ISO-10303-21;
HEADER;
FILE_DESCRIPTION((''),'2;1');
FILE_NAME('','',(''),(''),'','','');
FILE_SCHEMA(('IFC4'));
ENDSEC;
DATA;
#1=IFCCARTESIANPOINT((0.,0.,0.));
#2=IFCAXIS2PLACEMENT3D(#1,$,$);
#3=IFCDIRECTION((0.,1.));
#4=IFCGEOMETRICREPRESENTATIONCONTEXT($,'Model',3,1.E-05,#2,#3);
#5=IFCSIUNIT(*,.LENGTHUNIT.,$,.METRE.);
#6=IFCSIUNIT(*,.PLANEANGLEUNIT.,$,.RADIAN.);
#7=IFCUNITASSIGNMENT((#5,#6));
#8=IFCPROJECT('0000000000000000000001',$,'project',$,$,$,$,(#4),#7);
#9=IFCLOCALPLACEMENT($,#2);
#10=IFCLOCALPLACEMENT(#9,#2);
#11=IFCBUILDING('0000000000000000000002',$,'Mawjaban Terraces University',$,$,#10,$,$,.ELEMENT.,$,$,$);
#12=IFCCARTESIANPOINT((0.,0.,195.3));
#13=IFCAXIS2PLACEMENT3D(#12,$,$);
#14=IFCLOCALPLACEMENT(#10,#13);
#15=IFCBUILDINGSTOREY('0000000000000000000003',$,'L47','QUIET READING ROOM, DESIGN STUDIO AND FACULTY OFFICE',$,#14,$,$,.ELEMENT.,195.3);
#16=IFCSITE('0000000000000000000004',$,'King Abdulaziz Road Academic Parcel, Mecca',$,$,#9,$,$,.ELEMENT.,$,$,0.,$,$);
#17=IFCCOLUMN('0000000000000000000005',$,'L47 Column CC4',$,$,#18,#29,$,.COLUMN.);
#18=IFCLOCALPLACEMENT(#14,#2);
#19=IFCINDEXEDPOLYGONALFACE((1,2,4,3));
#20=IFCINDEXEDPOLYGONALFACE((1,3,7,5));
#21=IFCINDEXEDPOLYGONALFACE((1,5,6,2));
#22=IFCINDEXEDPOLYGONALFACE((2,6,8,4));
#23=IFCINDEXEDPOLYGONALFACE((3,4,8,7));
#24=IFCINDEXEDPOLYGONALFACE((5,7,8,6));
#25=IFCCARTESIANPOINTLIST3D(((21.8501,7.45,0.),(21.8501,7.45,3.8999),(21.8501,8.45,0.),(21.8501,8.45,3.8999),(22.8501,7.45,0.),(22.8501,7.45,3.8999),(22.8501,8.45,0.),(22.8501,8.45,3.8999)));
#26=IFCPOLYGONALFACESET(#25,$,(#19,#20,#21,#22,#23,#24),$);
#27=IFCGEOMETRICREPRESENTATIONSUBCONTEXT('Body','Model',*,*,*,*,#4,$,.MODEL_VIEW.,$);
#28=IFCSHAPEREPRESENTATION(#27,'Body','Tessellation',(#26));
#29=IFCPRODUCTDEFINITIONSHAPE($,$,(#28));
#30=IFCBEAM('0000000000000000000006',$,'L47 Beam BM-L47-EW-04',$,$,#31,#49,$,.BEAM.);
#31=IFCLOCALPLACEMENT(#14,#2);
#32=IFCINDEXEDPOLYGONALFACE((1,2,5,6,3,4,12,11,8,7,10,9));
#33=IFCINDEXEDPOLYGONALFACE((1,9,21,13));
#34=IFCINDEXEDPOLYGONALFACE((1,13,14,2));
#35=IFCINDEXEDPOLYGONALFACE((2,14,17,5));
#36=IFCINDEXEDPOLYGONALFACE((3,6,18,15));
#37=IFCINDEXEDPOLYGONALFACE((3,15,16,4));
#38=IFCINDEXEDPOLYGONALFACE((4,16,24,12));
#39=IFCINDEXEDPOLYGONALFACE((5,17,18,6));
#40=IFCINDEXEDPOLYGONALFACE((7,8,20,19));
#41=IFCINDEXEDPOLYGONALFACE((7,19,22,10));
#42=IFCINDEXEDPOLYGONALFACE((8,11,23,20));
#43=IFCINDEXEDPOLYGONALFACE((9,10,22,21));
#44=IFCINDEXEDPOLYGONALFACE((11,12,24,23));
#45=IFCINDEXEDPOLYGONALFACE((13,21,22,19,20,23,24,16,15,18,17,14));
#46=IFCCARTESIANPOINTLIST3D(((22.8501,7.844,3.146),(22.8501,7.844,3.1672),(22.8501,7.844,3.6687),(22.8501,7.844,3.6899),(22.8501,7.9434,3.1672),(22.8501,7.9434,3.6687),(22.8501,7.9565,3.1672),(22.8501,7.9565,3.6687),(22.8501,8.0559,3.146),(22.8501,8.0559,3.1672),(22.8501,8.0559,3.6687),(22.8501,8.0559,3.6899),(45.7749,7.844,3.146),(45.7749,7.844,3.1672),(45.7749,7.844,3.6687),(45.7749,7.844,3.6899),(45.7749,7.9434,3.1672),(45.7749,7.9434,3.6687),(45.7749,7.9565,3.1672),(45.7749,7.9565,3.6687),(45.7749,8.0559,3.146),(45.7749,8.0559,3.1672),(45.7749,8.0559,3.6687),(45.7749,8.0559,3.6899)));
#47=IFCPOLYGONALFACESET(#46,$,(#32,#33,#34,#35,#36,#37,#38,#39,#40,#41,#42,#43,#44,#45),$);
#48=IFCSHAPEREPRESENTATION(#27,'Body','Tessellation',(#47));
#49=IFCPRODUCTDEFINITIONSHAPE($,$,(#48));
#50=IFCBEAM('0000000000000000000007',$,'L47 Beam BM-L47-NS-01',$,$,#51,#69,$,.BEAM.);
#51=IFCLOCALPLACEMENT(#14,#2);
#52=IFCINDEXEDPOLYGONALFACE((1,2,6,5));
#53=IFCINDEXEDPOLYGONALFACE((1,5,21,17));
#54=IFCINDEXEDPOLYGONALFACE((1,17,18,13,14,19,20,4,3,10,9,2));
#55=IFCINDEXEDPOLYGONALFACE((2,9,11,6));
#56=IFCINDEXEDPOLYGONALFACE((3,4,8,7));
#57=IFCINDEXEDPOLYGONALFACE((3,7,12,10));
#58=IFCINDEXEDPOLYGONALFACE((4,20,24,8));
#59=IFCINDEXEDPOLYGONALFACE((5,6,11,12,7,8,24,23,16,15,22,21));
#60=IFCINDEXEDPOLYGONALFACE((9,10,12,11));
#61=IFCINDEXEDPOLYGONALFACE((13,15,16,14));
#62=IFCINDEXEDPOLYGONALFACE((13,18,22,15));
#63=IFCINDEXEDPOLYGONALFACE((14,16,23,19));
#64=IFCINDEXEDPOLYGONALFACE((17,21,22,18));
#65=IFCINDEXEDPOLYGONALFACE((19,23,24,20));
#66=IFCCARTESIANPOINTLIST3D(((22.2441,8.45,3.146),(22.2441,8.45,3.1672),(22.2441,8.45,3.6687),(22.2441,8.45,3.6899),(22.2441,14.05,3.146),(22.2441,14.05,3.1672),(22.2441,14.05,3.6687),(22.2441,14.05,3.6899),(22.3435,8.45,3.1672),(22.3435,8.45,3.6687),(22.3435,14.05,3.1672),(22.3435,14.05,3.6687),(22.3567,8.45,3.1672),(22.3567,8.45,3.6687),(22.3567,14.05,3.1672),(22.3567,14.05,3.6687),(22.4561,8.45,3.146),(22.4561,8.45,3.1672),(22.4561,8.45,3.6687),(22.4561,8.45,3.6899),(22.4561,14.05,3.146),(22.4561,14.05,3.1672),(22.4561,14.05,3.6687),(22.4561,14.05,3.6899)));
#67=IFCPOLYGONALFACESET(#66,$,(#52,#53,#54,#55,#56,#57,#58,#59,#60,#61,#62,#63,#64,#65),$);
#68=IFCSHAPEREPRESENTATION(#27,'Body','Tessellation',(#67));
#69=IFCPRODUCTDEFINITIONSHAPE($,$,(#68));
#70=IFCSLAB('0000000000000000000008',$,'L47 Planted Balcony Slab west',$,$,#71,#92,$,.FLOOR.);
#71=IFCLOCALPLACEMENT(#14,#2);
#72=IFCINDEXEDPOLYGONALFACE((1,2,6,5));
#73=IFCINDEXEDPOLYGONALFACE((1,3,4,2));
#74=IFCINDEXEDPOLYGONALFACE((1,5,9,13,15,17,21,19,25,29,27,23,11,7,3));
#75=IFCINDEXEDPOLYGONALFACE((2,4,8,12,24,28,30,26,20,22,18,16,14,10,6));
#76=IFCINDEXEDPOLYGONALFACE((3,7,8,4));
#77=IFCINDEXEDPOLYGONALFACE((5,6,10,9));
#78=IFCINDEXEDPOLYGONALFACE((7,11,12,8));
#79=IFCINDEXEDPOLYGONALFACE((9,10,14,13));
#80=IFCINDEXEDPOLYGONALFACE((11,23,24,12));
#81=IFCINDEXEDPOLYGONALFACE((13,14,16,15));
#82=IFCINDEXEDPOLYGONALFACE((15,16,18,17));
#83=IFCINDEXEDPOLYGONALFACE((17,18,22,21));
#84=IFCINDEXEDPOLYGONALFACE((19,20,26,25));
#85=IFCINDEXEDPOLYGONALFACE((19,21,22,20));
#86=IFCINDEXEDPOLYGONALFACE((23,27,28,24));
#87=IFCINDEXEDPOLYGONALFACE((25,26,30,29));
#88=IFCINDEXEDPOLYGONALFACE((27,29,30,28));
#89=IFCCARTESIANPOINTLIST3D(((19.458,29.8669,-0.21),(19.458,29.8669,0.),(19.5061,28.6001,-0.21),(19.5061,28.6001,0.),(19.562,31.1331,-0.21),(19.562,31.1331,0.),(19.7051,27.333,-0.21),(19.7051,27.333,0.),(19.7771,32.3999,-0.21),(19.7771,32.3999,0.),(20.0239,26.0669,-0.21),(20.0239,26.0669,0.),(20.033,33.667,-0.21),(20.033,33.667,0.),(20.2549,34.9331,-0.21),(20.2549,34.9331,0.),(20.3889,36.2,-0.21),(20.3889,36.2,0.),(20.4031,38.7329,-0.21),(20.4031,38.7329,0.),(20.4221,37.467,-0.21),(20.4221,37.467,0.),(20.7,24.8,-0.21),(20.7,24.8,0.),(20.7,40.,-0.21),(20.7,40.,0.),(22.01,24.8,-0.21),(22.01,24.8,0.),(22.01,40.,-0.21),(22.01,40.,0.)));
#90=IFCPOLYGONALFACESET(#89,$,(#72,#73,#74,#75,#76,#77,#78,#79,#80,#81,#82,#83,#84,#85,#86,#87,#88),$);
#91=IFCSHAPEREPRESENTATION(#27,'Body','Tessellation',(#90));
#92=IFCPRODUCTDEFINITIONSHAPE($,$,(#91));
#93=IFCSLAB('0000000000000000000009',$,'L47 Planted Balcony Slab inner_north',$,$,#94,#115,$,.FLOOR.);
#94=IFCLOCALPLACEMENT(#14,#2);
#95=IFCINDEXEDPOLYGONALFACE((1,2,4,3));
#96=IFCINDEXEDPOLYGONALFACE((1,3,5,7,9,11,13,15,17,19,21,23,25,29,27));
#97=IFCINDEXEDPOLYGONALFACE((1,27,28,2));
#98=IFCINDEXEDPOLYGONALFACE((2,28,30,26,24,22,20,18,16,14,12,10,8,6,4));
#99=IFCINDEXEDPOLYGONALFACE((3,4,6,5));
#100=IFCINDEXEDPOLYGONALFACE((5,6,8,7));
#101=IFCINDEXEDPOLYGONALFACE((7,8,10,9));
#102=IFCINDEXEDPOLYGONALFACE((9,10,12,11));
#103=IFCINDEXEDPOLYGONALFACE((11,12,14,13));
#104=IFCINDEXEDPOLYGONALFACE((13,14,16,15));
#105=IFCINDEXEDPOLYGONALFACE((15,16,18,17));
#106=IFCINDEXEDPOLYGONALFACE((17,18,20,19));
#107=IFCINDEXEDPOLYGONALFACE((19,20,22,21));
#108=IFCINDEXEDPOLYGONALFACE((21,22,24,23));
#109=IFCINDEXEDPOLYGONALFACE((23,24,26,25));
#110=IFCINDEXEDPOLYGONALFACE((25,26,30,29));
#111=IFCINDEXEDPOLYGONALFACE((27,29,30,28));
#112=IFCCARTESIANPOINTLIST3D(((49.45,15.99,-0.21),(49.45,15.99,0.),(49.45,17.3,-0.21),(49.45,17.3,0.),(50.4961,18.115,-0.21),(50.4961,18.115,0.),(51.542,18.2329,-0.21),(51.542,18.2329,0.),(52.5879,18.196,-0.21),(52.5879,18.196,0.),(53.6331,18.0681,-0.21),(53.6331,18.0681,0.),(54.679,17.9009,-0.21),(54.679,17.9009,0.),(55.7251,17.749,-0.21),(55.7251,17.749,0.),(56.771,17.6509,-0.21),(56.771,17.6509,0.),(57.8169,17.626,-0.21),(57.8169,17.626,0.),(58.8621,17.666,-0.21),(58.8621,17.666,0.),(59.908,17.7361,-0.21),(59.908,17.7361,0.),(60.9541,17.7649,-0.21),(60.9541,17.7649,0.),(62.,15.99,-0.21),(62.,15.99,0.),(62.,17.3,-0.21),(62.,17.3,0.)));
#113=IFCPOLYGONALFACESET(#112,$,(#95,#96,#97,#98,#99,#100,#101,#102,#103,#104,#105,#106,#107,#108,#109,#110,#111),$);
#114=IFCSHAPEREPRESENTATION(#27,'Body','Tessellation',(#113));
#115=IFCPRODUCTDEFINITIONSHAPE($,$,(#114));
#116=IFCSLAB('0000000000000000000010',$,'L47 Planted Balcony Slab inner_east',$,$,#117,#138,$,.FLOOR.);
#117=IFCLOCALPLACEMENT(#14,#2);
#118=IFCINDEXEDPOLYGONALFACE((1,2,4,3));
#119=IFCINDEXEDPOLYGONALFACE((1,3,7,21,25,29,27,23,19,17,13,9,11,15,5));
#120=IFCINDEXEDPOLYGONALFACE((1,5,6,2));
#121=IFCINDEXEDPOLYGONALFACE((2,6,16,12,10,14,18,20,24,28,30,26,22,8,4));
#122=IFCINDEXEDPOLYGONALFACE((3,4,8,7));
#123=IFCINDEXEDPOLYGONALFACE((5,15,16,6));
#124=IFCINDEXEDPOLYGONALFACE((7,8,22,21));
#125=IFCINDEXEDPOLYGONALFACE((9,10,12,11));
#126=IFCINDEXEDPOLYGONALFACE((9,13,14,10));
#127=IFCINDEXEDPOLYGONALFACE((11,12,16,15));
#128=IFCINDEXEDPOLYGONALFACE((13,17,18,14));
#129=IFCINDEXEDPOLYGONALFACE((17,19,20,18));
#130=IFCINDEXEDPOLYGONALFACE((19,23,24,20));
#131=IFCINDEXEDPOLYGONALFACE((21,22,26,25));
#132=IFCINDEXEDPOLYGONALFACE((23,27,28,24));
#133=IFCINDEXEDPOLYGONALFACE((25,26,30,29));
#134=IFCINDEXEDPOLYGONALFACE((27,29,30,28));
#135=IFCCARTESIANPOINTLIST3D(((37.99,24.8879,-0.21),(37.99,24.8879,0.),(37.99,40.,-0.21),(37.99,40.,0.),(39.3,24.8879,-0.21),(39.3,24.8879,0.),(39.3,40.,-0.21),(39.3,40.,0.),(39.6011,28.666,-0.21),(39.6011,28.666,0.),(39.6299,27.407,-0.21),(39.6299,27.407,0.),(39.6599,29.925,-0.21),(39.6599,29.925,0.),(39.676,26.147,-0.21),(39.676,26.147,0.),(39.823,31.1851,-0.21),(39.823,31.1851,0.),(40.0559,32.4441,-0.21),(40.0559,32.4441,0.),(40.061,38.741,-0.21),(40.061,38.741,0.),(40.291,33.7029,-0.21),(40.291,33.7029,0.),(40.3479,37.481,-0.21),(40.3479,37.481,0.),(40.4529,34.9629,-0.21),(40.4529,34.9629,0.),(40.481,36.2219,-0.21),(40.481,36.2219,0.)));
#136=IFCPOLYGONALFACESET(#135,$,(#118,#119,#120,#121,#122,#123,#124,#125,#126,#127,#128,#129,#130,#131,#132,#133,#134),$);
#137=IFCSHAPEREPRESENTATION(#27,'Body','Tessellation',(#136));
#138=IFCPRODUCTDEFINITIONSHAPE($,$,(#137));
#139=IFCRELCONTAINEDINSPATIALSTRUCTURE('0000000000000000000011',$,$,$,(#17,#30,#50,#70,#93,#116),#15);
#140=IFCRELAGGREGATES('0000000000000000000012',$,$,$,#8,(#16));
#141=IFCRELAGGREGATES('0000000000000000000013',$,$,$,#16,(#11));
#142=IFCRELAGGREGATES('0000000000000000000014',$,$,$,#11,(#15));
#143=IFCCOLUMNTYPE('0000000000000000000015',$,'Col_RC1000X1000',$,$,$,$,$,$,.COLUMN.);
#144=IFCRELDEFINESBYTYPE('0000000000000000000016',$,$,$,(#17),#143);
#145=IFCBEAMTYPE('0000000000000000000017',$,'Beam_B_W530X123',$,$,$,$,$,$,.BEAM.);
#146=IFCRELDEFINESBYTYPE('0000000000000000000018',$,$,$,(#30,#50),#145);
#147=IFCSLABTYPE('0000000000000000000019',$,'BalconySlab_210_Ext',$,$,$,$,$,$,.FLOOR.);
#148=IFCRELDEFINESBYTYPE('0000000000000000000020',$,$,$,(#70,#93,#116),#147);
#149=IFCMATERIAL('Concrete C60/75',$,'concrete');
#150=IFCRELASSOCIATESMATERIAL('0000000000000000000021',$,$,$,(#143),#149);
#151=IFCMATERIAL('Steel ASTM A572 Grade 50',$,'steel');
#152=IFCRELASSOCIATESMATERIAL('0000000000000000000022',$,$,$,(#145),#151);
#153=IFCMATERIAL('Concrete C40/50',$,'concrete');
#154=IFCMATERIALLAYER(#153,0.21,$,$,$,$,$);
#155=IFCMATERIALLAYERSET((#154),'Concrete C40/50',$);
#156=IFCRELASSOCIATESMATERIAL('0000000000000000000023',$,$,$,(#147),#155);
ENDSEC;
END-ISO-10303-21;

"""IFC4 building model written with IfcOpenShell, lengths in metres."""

from ifc_helpers import new_model, si_unit, direction, frame, origin, origin_2d, place, context, subcontext, project, spatial, polyline, rectangle, i_section, outline, extrude, material, layer, layer_set, material_profile, profile_set, type_object, element, save


model = new_model("IFC4")

# Units and contexts
model_context = context("Model", 3, precision=1e-05, world=origin(), true_north=direction((0.0, 1.0)))
body_context = subcontext(model_context, "Body", "Model", "MODEL_VIEW")
ifc_project = project(units=[si_unit("LENGTHUNIT", "METRE"), si_unit("PLANEANGLEUNIT", "RADIAN")], contexts=[model_context])

# Site, building, storey
site_placement = place(None, origin())
site = spatial("IfcSite", under=ifc_project, at=site_placement, Name="King Abdulaziz Road Academic Parcel, Mecca", CompositionType="ELEMENT", RefElevation=0.0)
building_placement = place(site_placement, origin())
building = spatial("IfcBuilding", under=site, at=building_placement, Name="Mawjaban Terraces University", CompositionType="ELEMENT")
storey_placement = place(building_placement, frame((0.0, 0.0, 195.3)))
storey = spatial("IfcBuildingStorey", under=building, at=storey_placement, Name="L47", Description="QUIET READING ROOM, DESIGN STUDIO AND FACULTY OFFICE", CompositionType="ELEMENT", Elevation=195.3)

# Column
ifc_material_1 = material(Name="Concrete C60/75", Category="concrete")
ifc_material_profile_1 = material_profile(ifc_material_1, rectangle(XDim=1.0, YDim=1.0, at=origin_2d()), Name="RC1000X1000")
ifc_profile_set_1 = profile_set([ifc_material_profile_1], Name="Concrete C60/75")
column_type = type_object("IfcColumnType", Name="Col_RC1000X1000", PredefinedType="COLUMN", material=ifc_profile_set_1)
column_placement = place(storey_placement, frame((22.3501, 7.95, 0.0), z_axis=(0.0, 0.0, 1.0), x_axis=(1.0, 0.0, 0.0)))
element("IfcColumn", 1, at=column_placement, inside=storey, type_object=column_type, Name="L47 Column CC4", PredefinedType="COLUMN", context=body_context, shape_type="SweptSolid", body=[
    extrude(rectangle(XDim=1.0, YDim=1.0, at=origin_2d()), origin(), (0.0, 0.0, 1.0), 3.8999),
])

# Beams
ifc_material_2 = material(Name="Steel ASTM A572 Grade 50", Category="steel")
ifc_material_profile_2 = material_profile(ifc_material_2, i_section(OverallWidth=0.2119, OverallDepth=0.5439, WebThickness=0.0132, FlangeThickness=0.0212, at=origin_2d()), Name="W530X123")
ifc_profile_set_2 = profile_set([ifc_material_profile_2], Name="Steel ASTM A572 Grade 50")
beam_type = type_object("IfcBeamType", Name="Beam_B_W530X123", PredefinedType="BEAM", material=ifc_profile_set_2)
beam_1_placement = place(storey_placement, frame((22.8501, 7.95, 3.418), z_axis=(1.0, 0.0, 0.0), x_axis=(0.0, 1.0, 0.0)))
element("IfcBeam", 2, at=beam_1_placement, inside=storey, type_object=beam_type, Name="L47 Beam BM-L47-EW-04", PredefinedType="BEAM", context=body_context, shape_type="SweptSolid", body=[
    extrude(i_section(OverallWidth=0.2119, OverallDepth=0.5439, WebThickness=0.0132, FlangeThickness=0.0212, at=origin_2d()), origin(), (0.0, 0.0, 1.0), 22.9248),
])
beam_2_placement = place(storey_placement, frame((22.3501, 8.45, 3.418), z_axis=(0.0, 1.0, 0.0), x_axis=(-1.0, 0.0, 0.0)))
element("IfcBeam", 3, at=beam_2_placement, inside=storey, type_object=beam_type, Name="L47 Beam BM-L47-NS-01", PredefinedType="BEAM", context=body_context, shape_type="SweptSolid", body=[
    extrude(i_section(OverallWidth=0.2119, OverallDepth=0.5439, WebThickness=0.0132, FlangeThickness=0.0212, at=origin_2d()), origin(), (0.0, 0.0, 1.0), 5.6001),
])

# Slabs
ifc_material_3 = material(Name="Concrete C40/50", Category="concrete")
ifc_layer_1 = layer(ifc_material_3, 0.21)
ifc_layer_set_1 = layer_set([ifc_layer_1], Name="Concrete C40/50")
slab_type_1 = type_object("IfcSlabType", Name="BalconySlab_210_Ext", PredefinedType="FLOOR", material=ifc_layer_set_1)
slab_1_placement = place(storey_placement, frame((0.0, 0.0, -0.21)))
element("IfcSlab", 4, at=slab_1_placement, inside=storey, type_object=slab_type_1, Name="L47 Planted Balcony Slab west", PredefinedType="FLOOR", context=body_context, shape_type="SweptSolid", body=[
    extrude(outline(polyline([(22.01, 24.8), (22.01, 40.0), (20.7, 40.0), (20.4031, 38.7329), (20.4221, 37.467), (20.3889, 36.2), (20.2549, 34.9331), (20.033, 33.667), (19.7771, 32.3999), (19.562, 31.1331), (19.458, 29.8669), (19.5061, 28.6001), (19.7051, 27.333), (20.0239, 26.0669), (20.7, 24.8), (22.01, 24.8)])), origin(), (0.0, 0.0, 1.0), 0.21),
])
slab_2_placement = place(storey_placement, frame((0.0, 0.0, -0.21)))
element("IfcSlab", 5, at=slab_2_placement, inside=storey, type_object=slab_type_1, Name="L47 Planted Balcony Slab inner_north", PredefinedType="FLOOR", context=body_context, shape_type="SweptSolid", body=[
    extrude(outline(polyline([(49.45, 15.99), (62.0, 15.99), (62.0, 17.3), (60.9541, 17.7649), (59.908, 17.7361), (58.8621, 17.666), (57.8169, 17.626), (56.771, 17.6509), (55.7251, 17.749), (54.679, 17.9009), (53.6331, 18.0681), (52.5879, 18.196), (51.542, 18.2329), (50.4961, 18.115), (49.45, 17.3), (49.45, 15.99)])), origin(), (0.0, 0.0, 1.0), 0.21),
])
slab_3_placement = place(storey_placement, frame((0.0, 0.0, -0.21)))
element("IfcSlab", 6, at=slab_3_placement, inside=storey, type_object=slab_type_1, Name="L47 Planted Balcony Slab inner_east", PredefinedType="FLOOR", context=body_context, shape_type="SweptSolid", body=[
    extrude(outline(polyline([(39.3, 24.8879), (39.676, 26.147), (39.6299, 27.407), (39.6011, 28.666), (39.6599, 29.925), (39.823, 31.1851), (40.0559, 32.4441), (40.291, 33.7029), (40.4529, 34.9629), (40.481, 36.2219), (40.3479, 37.481), (40.061, 38.741), (39.3, 40.0), (37.99, 40.0), (37.99, 24.8879), (39.3, 24.8879)])), origin(), (0.0, 0.0, 1.0), 0.21),
])

save(model, "model.ifc")
